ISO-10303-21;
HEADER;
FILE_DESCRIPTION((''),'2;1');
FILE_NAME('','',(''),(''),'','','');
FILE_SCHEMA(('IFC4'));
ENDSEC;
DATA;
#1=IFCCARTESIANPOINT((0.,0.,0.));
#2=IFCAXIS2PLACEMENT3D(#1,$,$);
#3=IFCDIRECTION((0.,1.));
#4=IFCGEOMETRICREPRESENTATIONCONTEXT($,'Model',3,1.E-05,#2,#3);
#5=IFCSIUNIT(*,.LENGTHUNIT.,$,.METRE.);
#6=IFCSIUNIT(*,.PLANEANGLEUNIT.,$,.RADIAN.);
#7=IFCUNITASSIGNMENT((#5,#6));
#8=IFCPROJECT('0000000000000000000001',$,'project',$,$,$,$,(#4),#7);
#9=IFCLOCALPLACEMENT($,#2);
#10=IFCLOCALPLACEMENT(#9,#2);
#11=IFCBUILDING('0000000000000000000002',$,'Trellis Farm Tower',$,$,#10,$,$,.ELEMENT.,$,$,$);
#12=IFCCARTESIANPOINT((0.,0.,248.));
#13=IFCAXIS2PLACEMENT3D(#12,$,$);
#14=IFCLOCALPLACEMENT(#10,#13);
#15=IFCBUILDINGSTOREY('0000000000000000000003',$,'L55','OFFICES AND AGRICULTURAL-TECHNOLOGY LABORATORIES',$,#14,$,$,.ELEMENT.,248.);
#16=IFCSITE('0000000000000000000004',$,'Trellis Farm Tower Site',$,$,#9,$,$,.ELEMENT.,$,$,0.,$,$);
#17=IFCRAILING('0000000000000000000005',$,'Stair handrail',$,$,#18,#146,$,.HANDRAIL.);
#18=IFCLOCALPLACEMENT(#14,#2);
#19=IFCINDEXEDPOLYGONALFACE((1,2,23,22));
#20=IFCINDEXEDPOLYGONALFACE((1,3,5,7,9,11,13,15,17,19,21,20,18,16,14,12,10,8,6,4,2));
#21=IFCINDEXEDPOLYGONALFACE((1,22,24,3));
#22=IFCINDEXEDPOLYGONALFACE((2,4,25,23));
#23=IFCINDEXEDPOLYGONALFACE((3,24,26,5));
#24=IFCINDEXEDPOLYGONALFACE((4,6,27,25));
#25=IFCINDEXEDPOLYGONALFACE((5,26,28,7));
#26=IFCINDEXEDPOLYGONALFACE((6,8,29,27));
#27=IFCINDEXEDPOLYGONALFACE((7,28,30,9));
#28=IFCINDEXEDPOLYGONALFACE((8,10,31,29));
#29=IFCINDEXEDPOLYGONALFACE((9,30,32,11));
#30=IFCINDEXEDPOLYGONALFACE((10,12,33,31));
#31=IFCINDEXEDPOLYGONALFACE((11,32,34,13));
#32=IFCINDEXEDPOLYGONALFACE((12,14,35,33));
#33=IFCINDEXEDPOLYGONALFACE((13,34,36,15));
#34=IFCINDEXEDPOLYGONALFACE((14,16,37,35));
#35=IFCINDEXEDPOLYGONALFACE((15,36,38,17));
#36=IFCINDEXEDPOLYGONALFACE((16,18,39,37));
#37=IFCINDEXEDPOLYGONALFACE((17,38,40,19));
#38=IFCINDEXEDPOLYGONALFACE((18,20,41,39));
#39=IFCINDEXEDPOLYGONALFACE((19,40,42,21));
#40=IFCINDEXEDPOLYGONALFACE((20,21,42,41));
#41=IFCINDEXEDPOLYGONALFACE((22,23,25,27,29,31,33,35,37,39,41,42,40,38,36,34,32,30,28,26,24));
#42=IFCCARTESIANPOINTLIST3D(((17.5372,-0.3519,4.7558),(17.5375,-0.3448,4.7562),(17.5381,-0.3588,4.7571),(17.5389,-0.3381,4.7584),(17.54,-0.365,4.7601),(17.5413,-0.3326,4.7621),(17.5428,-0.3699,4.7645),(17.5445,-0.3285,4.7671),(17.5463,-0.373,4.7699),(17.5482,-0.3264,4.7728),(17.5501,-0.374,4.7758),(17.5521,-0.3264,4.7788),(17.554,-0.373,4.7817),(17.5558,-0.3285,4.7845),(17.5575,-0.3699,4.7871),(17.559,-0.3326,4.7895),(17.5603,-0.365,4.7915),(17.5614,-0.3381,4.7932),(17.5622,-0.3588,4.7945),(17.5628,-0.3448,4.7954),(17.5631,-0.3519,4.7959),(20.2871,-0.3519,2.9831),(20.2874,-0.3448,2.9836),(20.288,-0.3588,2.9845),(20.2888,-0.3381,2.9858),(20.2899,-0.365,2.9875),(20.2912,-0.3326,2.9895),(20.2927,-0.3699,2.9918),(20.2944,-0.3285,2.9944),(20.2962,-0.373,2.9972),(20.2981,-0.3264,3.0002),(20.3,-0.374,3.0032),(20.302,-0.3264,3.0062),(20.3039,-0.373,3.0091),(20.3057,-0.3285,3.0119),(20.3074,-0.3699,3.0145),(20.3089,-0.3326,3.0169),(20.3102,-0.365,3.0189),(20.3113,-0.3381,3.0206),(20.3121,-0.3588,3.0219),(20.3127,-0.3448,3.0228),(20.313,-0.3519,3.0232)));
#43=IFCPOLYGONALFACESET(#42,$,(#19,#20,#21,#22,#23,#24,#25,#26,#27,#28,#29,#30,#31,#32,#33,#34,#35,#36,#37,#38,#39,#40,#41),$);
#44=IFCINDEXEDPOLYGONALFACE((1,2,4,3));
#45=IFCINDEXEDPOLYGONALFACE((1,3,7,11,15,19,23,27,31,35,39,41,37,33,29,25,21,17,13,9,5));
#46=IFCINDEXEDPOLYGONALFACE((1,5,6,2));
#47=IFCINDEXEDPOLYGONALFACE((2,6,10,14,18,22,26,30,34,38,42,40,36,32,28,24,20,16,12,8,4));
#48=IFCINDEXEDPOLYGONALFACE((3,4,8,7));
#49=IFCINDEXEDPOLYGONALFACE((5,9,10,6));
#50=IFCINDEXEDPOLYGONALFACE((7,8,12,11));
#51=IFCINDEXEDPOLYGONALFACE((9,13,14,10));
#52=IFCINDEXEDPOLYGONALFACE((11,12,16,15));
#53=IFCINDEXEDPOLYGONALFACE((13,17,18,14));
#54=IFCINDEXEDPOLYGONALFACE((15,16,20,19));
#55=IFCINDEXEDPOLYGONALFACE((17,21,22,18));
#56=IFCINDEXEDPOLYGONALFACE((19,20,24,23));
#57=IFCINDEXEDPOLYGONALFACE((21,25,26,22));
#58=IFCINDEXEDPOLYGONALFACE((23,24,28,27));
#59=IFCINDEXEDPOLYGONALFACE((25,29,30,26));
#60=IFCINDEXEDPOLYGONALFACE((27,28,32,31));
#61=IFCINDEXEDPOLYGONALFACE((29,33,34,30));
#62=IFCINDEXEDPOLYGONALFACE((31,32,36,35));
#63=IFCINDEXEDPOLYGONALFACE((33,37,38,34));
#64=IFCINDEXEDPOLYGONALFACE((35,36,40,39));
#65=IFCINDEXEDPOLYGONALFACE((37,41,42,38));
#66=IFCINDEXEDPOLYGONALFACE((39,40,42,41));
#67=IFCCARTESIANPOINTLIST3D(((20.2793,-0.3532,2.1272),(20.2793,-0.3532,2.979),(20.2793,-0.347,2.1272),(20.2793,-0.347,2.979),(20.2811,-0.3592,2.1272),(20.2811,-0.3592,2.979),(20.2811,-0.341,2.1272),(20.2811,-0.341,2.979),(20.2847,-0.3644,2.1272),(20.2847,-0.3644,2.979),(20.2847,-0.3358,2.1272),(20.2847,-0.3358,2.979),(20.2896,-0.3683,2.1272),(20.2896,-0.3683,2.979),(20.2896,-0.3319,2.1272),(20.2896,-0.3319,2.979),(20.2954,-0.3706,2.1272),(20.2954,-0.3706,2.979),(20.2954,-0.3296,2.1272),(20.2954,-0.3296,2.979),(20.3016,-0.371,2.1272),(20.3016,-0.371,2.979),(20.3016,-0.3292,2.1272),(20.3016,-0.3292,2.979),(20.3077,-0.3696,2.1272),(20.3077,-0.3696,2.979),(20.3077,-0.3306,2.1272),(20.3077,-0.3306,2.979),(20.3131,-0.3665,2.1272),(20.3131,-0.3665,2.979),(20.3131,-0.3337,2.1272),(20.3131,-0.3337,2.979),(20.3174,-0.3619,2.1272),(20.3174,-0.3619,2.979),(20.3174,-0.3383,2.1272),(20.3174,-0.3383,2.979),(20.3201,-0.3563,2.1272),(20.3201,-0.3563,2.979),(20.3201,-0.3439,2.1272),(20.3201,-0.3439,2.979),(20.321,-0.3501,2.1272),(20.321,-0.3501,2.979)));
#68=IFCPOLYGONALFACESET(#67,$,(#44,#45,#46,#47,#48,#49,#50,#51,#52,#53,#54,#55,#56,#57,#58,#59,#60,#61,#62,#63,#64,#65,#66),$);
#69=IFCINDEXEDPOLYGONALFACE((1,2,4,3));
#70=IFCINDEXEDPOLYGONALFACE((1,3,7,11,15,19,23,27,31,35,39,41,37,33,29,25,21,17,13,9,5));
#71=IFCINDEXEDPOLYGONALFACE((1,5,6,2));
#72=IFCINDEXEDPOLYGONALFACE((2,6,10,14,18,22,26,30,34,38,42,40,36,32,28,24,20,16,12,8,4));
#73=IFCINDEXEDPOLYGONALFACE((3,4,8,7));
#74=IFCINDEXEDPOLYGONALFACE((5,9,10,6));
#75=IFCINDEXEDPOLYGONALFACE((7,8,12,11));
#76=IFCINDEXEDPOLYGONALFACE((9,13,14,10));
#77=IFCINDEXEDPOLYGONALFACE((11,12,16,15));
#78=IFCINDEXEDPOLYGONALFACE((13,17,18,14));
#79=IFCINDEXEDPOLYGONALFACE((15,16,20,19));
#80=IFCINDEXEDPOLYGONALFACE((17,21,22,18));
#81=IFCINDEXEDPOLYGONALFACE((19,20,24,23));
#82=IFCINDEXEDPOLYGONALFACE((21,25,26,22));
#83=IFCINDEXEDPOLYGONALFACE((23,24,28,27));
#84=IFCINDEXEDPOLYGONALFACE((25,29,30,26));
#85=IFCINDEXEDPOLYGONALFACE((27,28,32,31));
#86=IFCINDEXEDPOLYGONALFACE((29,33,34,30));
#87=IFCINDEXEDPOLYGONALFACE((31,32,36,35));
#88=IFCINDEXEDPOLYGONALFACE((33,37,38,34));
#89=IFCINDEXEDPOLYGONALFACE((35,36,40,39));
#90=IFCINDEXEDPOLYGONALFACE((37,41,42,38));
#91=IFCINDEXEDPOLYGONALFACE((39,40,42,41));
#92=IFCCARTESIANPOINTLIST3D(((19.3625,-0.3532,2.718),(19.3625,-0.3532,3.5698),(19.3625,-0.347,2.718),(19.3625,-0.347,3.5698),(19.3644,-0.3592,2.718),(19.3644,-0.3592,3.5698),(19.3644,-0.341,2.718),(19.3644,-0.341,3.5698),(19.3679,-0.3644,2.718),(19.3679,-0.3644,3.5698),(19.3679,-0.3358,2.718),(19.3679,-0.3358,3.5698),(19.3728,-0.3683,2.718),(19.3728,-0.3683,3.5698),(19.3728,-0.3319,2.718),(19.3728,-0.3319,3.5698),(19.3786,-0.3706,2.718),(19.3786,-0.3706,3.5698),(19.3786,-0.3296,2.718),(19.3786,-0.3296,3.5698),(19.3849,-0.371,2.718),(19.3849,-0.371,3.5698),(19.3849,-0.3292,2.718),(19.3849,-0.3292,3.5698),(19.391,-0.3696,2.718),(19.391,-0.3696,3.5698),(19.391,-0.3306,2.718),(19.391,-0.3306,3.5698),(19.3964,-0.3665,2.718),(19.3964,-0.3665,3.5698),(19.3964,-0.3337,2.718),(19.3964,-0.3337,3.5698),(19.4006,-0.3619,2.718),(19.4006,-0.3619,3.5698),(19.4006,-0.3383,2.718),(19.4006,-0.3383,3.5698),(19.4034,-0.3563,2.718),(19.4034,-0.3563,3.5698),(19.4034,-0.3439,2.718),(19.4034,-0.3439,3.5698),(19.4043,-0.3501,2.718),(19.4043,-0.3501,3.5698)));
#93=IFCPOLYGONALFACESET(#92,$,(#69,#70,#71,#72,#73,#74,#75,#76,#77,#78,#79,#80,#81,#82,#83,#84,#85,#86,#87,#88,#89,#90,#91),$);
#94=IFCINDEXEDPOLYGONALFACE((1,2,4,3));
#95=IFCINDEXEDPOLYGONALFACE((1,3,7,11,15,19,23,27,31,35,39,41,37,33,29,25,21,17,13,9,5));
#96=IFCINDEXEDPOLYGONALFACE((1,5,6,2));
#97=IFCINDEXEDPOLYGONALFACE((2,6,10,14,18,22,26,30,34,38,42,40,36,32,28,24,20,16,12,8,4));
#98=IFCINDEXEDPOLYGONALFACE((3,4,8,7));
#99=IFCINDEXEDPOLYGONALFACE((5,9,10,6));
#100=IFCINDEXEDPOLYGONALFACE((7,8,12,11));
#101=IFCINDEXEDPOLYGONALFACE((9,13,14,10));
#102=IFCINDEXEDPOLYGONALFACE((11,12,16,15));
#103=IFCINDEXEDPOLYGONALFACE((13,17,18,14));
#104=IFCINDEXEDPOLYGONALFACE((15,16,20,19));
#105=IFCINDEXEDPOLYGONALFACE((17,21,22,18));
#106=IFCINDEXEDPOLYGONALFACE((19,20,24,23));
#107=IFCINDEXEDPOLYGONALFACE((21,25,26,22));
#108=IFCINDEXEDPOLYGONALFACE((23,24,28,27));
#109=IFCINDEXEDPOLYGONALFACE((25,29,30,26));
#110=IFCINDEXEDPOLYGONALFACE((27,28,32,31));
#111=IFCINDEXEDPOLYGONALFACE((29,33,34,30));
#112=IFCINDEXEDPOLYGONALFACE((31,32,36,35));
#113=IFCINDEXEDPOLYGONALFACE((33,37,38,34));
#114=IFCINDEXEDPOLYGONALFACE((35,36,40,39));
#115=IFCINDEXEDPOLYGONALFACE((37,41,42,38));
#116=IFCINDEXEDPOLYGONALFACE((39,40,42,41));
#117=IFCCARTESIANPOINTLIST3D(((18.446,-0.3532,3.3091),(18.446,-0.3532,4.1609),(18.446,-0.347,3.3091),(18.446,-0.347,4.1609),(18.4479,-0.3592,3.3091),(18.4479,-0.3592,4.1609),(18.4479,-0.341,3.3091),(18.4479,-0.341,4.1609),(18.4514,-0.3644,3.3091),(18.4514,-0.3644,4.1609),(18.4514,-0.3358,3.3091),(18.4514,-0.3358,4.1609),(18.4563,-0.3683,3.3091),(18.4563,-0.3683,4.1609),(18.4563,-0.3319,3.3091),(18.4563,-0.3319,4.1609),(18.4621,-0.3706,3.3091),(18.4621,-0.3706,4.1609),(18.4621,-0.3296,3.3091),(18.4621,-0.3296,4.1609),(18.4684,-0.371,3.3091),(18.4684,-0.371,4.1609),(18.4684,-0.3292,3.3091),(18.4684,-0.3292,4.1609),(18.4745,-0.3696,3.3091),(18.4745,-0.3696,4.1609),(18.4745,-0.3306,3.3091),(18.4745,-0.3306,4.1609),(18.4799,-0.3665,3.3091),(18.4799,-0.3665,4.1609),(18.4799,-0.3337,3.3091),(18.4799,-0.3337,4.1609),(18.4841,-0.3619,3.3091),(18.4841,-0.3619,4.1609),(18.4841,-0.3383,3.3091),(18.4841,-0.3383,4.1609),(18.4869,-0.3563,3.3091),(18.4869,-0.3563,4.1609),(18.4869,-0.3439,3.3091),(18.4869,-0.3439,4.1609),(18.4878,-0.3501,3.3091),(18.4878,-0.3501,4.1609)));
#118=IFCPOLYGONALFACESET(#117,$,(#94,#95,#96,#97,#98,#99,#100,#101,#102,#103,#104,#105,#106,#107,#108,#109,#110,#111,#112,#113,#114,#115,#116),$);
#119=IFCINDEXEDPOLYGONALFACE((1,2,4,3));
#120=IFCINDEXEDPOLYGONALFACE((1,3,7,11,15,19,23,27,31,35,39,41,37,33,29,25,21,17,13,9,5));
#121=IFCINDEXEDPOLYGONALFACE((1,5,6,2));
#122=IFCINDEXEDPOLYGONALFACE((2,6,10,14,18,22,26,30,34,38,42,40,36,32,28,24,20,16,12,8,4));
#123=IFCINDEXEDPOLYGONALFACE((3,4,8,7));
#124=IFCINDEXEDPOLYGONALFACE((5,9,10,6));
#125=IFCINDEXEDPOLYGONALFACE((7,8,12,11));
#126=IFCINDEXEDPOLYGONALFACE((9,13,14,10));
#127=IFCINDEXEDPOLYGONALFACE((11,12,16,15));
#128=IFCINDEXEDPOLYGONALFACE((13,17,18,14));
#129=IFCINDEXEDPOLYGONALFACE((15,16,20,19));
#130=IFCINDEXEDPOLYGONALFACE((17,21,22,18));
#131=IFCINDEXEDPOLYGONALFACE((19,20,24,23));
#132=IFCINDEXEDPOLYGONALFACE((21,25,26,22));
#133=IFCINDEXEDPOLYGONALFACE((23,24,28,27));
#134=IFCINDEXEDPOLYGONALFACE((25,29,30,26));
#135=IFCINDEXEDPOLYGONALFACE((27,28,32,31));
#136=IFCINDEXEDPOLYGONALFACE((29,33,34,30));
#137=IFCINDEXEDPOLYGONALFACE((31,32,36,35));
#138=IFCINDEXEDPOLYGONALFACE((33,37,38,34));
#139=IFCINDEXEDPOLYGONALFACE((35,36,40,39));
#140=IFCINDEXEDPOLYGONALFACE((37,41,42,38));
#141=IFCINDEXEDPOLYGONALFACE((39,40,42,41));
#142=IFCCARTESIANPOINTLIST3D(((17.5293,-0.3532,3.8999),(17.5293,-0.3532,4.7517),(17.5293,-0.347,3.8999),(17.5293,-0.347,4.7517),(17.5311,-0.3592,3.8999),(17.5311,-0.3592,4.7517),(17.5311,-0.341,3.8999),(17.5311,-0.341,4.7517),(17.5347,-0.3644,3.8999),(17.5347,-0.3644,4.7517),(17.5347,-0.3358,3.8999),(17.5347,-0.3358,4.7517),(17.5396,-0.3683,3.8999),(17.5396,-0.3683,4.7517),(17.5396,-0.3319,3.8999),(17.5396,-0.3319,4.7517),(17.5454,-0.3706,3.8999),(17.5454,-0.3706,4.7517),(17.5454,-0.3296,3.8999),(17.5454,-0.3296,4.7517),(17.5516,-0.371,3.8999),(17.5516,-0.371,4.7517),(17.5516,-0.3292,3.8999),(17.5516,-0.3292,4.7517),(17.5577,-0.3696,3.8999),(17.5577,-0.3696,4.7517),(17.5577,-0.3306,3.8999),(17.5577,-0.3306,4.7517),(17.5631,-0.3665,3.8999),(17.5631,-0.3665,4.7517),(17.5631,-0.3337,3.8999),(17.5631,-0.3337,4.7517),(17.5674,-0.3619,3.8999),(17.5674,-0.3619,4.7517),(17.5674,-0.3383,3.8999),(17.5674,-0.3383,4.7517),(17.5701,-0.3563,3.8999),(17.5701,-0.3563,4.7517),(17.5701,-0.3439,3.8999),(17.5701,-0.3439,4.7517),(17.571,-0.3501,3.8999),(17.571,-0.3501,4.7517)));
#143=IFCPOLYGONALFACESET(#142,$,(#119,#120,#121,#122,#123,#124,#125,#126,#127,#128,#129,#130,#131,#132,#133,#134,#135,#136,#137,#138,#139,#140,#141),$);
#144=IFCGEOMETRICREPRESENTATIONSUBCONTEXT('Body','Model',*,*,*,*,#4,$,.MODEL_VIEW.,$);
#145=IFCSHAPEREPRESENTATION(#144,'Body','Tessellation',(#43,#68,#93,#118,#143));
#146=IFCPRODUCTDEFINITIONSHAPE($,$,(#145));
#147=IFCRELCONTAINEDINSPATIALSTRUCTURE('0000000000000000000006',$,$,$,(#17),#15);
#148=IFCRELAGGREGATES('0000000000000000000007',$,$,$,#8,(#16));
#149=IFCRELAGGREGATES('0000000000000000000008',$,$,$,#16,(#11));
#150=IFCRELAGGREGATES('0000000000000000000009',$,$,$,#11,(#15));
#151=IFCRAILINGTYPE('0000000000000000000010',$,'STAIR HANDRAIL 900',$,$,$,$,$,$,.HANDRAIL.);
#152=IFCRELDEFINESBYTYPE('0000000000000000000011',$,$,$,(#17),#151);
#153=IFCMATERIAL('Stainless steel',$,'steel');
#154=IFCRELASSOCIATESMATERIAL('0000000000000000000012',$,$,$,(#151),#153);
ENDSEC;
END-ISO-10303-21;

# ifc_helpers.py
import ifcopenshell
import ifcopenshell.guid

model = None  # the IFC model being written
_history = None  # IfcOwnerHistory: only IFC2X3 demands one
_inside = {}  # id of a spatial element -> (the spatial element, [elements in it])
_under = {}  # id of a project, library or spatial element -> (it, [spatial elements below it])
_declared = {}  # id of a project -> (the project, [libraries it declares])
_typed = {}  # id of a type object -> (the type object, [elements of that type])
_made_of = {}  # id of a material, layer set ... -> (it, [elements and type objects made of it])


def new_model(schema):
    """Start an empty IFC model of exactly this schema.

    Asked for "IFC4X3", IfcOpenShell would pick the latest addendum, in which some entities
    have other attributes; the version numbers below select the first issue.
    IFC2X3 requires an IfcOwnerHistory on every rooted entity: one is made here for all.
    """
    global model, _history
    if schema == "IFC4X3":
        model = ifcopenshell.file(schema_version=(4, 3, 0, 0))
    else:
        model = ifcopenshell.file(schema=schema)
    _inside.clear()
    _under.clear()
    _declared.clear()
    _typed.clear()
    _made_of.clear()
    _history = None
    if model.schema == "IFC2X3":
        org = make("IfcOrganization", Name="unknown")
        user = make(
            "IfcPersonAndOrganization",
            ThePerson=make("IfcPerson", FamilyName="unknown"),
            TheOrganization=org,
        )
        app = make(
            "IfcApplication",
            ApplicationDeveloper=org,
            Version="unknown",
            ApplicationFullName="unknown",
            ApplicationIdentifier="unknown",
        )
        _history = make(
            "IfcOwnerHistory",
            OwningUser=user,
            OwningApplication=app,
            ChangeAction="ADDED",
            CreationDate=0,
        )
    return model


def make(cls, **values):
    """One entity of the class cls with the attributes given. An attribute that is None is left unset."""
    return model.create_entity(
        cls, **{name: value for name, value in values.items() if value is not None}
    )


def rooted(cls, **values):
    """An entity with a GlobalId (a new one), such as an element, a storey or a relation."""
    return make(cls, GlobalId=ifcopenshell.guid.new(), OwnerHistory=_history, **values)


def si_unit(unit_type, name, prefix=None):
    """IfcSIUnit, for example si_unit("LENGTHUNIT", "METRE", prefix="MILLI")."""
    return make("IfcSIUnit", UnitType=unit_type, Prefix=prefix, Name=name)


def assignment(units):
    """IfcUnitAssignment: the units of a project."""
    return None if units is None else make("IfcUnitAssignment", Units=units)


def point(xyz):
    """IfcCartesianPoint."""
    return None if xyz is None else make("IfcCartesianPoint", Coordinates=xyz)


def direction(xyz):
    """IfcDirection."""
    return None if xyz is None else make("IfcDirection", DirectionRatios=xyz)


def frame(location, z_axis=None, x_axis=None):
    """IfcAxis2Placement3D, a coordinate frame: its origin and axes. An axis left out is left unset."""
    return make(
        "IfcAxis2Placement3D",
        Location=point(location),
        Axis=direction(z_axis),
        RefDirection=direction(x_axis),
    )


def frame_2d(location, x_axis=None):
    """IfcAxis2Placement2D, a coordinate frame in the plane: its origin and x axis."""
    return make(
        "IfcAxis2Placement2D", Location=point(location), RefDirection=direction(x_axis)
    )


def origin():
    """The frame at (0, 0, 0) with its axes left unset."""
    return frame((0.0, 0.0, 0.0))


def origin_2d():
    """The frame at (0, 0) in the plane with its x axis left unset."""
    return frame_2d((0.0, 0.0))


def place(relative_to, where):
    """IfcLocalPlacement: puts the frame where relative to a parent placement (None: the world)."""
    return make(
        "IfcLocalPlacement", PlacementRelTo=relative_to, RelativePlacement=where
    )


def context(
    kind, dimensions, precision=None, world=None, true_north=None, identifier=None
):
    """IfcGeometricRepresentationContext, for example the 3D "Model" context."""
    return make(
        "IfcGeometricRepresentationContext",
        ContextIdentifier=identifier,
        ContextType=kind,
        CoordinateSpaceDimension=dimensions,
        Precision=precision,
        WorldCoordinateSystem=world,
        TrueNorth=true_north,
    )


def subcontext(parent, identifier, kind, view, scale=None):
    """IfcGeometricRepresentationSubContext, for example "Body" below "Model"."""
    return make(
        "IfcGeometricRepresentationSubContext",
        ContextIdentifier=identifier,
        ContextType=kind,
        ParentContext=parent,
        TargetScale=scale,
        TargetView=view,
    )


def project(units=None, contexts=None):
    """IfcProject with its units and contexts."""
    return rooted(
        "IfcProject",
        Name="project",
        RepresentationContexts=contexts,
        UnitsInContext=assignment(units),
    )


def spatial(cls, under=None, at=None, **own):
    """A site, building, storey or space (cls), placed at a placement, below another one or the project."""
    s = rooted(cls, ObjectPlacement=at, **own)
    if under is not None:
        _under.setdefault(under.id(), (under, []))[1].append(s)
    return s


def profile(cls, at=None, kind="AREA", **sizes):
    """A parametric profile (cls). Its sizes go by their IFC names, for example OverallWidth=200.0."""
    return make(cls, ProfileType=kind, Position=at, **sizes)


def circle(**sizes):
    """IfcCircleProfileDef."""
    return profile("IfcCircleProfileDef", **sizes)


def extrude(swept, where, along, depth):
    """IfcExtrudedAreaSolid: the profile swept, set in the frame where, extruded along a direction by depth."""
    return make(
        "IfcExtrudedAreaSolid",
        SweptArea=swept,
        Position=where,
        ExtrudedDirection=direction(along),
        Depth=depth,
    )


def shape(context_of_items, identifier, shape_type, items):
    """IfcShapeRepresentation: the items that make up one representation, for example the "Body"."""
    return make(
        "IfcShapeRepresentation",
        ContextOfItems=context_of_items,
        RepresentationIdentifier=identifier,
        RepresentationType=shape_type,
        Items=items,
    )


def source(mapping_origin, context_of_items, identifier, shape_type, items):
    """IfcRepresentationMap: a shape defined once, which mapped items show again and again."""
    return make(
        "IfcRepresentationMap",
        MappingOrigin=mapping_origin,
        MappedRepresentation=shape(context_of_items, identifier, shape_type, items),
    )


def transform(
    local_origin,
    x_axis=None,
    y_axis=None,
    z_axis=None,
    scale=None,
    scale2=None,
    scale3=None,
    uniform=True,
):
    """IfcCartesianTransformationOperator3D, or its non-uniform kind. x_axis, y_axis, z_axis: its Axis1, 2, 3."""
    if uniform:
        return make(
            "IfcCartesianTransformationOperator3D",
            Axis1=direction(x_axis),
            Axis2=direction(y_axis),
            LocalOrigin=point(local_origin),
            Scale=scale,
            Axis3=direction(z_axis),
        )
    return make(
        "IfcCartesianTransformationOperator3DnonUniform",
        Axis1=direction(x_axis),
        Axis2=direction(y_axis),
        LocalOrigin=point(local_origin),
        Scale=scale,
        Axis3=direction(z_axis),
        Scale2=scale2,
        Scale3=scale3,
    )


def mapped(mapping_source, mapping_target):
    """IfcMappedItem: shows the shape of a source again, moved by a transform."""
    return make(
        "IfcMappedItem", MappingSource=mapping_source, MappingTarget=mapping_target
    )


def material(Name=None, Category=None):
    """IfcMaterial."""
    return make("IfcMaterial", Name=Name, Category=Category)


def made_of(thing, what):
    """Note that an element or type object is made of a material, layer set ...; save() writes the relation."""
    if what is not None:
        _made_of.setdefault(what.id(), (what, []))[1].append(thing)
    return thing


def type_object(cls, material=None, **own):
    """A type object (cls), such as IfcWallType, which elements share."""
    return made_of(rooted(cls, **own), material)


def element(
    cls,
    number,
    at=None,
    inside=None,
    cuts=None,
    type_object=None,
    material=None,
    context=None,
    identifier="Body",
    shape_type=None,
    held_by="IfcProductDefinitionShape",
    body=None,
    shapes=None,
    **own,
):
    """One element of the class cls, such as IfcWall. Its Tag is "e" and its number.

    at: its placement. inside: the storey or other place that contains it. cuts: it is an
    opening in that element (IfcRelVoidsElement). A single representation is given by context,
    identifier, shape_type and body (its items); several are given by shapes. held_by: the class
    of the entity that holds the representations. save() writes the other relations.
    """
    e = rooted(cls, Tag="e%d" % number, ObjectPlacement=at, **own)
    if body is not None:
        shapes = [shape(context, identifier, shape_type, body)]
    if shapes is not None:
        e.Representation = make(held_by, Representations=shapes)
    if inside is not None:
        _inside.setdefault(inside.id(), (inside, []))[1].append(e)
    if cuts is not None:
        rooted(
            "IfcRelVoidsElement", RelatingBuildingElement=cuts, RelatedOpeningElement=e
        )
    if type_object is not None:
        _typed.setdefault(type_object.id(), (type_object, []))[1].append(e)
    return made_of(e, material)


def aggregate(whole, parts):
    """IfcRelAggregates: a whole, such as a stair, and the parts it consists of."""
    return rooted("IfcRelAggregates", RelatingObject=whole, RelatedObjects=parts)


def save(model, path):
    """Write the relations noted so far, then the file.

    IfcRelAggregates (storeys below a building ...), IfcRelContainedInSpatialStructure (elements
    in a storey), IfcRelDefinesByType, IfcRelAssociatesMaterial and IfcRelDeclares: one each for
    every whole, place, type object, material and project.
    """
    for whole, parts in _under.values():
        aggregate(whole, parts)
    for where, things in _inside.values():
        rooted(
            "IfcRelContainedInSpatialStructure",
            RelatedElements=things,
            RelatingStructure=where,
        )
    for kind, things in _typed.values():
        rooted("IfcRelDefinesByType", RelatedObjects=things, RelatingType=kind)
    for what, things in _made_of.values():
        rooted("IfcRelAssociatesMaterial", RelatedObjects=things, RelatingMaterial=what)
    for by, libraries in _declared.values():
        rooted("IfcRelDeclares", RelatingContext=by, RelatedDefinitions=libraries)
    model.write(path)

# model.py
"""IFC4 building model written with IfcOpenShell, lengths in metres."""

from ifc_helpers import new_model, si_unit, direction, frame, origin, origin_2d, place, context, subcontext, project, spatial, circle, extrude, source, transform, mapped, material, type_object, element, save


model = new_model("IFC4")

# Units and contexts
model_context = context("Model", 3, precision=1e-05, world=origin(), true_north=direction((0.0, 1.0)))
body_context = subcontext(model_context, "Body", "Model", "MODEL_VIEW")
ifc_project = project(units=[si_unit("LENGTHUNIT", "METRE"), si_unit("PLANEANGLEUNIT", "RADIAN")], contexts=[model_context])

# Site, building, storey
site_placement = place(None, origin())
site = spatial("IfcSite", under=ifc_project, at=site_placement, Name="Trellis Farm Tower Site", CompositionType="ELEMENT", RefElevation=0.0)
building_placement = place(site_placement, origin())
building = spatial("IfcBuilding", under=site, at=building_placement, Name="Trellis Farm Tower", CompositionType="ELEMENT")
storey_placement = place(building_placement, frame((0.0, 0.0, 248.0)))
storey = spatial("IfcBuildingStorey", under=building, at=storey_placement, Name="L55", Description="OFFICES AND AGRICULTURAL-TECHNOLOGY LABORATORIES", CompositionType="ELEMENT", Elevation=248.0)

# Railing
ifc_material_1 = material(Name="Stainless steel", Category="steel")
railing_type = type_object("IfcRailingType", Name="STAIR HANDRAIL 900", PredefinedType="HANDRAIL", material=ifc_material_1)
shared_shape_1 = source(origin(), body_context, "Body", "SweptSolid", [
    extrude(circle(Radius=0.0239, at=origin_2d()), frame((0.0, 0.0, 0.876), z_axis=(-0.840504, 0.0, 0.541806), x_axis=(0.0, -1.0, 0.0)), (0.0, 0.0, 1.0), 3.2717),
    extrude(circle(Radius=0.021, at=origin_2d()), origin(), (0.0, 0.0, 1.0), 0.8518),
    extrude(circle(Radius=0.021, at=origin_2d()), frame((-0.9167, 0.0, 0.5908)), (0.0, 0.0, 1.0), 0.8518),
    extrude(circle(Radius=0.021, at=origin_2d()), frame((-1.8333, 0.0, 1.1819)), (0.0, 0.0, 1.0), 0.8518),
    extrude(circle(Radius=0.021, at=origin_2d()), frame((-2.75, 0.0, 1.7727)), (0.0, 0.0, 1.0), 0.8518),
])
for number, where, name in (
    (1, (20.3, -0.3501, 2.1272), "Stair handrail"),
):
    element("IfcRailing", number, at=place(storey_placement, frame(where)), inside=storey, type_object=railing_type, Name=name, PredefinedType="HANDRAIL", context=body_context, shape_type="MappedRepresentation", body=[
        mapped(shared_shape_1, transform((0.0, 0.0, 0.0))),
    ])

save(model, "model.ifc")
